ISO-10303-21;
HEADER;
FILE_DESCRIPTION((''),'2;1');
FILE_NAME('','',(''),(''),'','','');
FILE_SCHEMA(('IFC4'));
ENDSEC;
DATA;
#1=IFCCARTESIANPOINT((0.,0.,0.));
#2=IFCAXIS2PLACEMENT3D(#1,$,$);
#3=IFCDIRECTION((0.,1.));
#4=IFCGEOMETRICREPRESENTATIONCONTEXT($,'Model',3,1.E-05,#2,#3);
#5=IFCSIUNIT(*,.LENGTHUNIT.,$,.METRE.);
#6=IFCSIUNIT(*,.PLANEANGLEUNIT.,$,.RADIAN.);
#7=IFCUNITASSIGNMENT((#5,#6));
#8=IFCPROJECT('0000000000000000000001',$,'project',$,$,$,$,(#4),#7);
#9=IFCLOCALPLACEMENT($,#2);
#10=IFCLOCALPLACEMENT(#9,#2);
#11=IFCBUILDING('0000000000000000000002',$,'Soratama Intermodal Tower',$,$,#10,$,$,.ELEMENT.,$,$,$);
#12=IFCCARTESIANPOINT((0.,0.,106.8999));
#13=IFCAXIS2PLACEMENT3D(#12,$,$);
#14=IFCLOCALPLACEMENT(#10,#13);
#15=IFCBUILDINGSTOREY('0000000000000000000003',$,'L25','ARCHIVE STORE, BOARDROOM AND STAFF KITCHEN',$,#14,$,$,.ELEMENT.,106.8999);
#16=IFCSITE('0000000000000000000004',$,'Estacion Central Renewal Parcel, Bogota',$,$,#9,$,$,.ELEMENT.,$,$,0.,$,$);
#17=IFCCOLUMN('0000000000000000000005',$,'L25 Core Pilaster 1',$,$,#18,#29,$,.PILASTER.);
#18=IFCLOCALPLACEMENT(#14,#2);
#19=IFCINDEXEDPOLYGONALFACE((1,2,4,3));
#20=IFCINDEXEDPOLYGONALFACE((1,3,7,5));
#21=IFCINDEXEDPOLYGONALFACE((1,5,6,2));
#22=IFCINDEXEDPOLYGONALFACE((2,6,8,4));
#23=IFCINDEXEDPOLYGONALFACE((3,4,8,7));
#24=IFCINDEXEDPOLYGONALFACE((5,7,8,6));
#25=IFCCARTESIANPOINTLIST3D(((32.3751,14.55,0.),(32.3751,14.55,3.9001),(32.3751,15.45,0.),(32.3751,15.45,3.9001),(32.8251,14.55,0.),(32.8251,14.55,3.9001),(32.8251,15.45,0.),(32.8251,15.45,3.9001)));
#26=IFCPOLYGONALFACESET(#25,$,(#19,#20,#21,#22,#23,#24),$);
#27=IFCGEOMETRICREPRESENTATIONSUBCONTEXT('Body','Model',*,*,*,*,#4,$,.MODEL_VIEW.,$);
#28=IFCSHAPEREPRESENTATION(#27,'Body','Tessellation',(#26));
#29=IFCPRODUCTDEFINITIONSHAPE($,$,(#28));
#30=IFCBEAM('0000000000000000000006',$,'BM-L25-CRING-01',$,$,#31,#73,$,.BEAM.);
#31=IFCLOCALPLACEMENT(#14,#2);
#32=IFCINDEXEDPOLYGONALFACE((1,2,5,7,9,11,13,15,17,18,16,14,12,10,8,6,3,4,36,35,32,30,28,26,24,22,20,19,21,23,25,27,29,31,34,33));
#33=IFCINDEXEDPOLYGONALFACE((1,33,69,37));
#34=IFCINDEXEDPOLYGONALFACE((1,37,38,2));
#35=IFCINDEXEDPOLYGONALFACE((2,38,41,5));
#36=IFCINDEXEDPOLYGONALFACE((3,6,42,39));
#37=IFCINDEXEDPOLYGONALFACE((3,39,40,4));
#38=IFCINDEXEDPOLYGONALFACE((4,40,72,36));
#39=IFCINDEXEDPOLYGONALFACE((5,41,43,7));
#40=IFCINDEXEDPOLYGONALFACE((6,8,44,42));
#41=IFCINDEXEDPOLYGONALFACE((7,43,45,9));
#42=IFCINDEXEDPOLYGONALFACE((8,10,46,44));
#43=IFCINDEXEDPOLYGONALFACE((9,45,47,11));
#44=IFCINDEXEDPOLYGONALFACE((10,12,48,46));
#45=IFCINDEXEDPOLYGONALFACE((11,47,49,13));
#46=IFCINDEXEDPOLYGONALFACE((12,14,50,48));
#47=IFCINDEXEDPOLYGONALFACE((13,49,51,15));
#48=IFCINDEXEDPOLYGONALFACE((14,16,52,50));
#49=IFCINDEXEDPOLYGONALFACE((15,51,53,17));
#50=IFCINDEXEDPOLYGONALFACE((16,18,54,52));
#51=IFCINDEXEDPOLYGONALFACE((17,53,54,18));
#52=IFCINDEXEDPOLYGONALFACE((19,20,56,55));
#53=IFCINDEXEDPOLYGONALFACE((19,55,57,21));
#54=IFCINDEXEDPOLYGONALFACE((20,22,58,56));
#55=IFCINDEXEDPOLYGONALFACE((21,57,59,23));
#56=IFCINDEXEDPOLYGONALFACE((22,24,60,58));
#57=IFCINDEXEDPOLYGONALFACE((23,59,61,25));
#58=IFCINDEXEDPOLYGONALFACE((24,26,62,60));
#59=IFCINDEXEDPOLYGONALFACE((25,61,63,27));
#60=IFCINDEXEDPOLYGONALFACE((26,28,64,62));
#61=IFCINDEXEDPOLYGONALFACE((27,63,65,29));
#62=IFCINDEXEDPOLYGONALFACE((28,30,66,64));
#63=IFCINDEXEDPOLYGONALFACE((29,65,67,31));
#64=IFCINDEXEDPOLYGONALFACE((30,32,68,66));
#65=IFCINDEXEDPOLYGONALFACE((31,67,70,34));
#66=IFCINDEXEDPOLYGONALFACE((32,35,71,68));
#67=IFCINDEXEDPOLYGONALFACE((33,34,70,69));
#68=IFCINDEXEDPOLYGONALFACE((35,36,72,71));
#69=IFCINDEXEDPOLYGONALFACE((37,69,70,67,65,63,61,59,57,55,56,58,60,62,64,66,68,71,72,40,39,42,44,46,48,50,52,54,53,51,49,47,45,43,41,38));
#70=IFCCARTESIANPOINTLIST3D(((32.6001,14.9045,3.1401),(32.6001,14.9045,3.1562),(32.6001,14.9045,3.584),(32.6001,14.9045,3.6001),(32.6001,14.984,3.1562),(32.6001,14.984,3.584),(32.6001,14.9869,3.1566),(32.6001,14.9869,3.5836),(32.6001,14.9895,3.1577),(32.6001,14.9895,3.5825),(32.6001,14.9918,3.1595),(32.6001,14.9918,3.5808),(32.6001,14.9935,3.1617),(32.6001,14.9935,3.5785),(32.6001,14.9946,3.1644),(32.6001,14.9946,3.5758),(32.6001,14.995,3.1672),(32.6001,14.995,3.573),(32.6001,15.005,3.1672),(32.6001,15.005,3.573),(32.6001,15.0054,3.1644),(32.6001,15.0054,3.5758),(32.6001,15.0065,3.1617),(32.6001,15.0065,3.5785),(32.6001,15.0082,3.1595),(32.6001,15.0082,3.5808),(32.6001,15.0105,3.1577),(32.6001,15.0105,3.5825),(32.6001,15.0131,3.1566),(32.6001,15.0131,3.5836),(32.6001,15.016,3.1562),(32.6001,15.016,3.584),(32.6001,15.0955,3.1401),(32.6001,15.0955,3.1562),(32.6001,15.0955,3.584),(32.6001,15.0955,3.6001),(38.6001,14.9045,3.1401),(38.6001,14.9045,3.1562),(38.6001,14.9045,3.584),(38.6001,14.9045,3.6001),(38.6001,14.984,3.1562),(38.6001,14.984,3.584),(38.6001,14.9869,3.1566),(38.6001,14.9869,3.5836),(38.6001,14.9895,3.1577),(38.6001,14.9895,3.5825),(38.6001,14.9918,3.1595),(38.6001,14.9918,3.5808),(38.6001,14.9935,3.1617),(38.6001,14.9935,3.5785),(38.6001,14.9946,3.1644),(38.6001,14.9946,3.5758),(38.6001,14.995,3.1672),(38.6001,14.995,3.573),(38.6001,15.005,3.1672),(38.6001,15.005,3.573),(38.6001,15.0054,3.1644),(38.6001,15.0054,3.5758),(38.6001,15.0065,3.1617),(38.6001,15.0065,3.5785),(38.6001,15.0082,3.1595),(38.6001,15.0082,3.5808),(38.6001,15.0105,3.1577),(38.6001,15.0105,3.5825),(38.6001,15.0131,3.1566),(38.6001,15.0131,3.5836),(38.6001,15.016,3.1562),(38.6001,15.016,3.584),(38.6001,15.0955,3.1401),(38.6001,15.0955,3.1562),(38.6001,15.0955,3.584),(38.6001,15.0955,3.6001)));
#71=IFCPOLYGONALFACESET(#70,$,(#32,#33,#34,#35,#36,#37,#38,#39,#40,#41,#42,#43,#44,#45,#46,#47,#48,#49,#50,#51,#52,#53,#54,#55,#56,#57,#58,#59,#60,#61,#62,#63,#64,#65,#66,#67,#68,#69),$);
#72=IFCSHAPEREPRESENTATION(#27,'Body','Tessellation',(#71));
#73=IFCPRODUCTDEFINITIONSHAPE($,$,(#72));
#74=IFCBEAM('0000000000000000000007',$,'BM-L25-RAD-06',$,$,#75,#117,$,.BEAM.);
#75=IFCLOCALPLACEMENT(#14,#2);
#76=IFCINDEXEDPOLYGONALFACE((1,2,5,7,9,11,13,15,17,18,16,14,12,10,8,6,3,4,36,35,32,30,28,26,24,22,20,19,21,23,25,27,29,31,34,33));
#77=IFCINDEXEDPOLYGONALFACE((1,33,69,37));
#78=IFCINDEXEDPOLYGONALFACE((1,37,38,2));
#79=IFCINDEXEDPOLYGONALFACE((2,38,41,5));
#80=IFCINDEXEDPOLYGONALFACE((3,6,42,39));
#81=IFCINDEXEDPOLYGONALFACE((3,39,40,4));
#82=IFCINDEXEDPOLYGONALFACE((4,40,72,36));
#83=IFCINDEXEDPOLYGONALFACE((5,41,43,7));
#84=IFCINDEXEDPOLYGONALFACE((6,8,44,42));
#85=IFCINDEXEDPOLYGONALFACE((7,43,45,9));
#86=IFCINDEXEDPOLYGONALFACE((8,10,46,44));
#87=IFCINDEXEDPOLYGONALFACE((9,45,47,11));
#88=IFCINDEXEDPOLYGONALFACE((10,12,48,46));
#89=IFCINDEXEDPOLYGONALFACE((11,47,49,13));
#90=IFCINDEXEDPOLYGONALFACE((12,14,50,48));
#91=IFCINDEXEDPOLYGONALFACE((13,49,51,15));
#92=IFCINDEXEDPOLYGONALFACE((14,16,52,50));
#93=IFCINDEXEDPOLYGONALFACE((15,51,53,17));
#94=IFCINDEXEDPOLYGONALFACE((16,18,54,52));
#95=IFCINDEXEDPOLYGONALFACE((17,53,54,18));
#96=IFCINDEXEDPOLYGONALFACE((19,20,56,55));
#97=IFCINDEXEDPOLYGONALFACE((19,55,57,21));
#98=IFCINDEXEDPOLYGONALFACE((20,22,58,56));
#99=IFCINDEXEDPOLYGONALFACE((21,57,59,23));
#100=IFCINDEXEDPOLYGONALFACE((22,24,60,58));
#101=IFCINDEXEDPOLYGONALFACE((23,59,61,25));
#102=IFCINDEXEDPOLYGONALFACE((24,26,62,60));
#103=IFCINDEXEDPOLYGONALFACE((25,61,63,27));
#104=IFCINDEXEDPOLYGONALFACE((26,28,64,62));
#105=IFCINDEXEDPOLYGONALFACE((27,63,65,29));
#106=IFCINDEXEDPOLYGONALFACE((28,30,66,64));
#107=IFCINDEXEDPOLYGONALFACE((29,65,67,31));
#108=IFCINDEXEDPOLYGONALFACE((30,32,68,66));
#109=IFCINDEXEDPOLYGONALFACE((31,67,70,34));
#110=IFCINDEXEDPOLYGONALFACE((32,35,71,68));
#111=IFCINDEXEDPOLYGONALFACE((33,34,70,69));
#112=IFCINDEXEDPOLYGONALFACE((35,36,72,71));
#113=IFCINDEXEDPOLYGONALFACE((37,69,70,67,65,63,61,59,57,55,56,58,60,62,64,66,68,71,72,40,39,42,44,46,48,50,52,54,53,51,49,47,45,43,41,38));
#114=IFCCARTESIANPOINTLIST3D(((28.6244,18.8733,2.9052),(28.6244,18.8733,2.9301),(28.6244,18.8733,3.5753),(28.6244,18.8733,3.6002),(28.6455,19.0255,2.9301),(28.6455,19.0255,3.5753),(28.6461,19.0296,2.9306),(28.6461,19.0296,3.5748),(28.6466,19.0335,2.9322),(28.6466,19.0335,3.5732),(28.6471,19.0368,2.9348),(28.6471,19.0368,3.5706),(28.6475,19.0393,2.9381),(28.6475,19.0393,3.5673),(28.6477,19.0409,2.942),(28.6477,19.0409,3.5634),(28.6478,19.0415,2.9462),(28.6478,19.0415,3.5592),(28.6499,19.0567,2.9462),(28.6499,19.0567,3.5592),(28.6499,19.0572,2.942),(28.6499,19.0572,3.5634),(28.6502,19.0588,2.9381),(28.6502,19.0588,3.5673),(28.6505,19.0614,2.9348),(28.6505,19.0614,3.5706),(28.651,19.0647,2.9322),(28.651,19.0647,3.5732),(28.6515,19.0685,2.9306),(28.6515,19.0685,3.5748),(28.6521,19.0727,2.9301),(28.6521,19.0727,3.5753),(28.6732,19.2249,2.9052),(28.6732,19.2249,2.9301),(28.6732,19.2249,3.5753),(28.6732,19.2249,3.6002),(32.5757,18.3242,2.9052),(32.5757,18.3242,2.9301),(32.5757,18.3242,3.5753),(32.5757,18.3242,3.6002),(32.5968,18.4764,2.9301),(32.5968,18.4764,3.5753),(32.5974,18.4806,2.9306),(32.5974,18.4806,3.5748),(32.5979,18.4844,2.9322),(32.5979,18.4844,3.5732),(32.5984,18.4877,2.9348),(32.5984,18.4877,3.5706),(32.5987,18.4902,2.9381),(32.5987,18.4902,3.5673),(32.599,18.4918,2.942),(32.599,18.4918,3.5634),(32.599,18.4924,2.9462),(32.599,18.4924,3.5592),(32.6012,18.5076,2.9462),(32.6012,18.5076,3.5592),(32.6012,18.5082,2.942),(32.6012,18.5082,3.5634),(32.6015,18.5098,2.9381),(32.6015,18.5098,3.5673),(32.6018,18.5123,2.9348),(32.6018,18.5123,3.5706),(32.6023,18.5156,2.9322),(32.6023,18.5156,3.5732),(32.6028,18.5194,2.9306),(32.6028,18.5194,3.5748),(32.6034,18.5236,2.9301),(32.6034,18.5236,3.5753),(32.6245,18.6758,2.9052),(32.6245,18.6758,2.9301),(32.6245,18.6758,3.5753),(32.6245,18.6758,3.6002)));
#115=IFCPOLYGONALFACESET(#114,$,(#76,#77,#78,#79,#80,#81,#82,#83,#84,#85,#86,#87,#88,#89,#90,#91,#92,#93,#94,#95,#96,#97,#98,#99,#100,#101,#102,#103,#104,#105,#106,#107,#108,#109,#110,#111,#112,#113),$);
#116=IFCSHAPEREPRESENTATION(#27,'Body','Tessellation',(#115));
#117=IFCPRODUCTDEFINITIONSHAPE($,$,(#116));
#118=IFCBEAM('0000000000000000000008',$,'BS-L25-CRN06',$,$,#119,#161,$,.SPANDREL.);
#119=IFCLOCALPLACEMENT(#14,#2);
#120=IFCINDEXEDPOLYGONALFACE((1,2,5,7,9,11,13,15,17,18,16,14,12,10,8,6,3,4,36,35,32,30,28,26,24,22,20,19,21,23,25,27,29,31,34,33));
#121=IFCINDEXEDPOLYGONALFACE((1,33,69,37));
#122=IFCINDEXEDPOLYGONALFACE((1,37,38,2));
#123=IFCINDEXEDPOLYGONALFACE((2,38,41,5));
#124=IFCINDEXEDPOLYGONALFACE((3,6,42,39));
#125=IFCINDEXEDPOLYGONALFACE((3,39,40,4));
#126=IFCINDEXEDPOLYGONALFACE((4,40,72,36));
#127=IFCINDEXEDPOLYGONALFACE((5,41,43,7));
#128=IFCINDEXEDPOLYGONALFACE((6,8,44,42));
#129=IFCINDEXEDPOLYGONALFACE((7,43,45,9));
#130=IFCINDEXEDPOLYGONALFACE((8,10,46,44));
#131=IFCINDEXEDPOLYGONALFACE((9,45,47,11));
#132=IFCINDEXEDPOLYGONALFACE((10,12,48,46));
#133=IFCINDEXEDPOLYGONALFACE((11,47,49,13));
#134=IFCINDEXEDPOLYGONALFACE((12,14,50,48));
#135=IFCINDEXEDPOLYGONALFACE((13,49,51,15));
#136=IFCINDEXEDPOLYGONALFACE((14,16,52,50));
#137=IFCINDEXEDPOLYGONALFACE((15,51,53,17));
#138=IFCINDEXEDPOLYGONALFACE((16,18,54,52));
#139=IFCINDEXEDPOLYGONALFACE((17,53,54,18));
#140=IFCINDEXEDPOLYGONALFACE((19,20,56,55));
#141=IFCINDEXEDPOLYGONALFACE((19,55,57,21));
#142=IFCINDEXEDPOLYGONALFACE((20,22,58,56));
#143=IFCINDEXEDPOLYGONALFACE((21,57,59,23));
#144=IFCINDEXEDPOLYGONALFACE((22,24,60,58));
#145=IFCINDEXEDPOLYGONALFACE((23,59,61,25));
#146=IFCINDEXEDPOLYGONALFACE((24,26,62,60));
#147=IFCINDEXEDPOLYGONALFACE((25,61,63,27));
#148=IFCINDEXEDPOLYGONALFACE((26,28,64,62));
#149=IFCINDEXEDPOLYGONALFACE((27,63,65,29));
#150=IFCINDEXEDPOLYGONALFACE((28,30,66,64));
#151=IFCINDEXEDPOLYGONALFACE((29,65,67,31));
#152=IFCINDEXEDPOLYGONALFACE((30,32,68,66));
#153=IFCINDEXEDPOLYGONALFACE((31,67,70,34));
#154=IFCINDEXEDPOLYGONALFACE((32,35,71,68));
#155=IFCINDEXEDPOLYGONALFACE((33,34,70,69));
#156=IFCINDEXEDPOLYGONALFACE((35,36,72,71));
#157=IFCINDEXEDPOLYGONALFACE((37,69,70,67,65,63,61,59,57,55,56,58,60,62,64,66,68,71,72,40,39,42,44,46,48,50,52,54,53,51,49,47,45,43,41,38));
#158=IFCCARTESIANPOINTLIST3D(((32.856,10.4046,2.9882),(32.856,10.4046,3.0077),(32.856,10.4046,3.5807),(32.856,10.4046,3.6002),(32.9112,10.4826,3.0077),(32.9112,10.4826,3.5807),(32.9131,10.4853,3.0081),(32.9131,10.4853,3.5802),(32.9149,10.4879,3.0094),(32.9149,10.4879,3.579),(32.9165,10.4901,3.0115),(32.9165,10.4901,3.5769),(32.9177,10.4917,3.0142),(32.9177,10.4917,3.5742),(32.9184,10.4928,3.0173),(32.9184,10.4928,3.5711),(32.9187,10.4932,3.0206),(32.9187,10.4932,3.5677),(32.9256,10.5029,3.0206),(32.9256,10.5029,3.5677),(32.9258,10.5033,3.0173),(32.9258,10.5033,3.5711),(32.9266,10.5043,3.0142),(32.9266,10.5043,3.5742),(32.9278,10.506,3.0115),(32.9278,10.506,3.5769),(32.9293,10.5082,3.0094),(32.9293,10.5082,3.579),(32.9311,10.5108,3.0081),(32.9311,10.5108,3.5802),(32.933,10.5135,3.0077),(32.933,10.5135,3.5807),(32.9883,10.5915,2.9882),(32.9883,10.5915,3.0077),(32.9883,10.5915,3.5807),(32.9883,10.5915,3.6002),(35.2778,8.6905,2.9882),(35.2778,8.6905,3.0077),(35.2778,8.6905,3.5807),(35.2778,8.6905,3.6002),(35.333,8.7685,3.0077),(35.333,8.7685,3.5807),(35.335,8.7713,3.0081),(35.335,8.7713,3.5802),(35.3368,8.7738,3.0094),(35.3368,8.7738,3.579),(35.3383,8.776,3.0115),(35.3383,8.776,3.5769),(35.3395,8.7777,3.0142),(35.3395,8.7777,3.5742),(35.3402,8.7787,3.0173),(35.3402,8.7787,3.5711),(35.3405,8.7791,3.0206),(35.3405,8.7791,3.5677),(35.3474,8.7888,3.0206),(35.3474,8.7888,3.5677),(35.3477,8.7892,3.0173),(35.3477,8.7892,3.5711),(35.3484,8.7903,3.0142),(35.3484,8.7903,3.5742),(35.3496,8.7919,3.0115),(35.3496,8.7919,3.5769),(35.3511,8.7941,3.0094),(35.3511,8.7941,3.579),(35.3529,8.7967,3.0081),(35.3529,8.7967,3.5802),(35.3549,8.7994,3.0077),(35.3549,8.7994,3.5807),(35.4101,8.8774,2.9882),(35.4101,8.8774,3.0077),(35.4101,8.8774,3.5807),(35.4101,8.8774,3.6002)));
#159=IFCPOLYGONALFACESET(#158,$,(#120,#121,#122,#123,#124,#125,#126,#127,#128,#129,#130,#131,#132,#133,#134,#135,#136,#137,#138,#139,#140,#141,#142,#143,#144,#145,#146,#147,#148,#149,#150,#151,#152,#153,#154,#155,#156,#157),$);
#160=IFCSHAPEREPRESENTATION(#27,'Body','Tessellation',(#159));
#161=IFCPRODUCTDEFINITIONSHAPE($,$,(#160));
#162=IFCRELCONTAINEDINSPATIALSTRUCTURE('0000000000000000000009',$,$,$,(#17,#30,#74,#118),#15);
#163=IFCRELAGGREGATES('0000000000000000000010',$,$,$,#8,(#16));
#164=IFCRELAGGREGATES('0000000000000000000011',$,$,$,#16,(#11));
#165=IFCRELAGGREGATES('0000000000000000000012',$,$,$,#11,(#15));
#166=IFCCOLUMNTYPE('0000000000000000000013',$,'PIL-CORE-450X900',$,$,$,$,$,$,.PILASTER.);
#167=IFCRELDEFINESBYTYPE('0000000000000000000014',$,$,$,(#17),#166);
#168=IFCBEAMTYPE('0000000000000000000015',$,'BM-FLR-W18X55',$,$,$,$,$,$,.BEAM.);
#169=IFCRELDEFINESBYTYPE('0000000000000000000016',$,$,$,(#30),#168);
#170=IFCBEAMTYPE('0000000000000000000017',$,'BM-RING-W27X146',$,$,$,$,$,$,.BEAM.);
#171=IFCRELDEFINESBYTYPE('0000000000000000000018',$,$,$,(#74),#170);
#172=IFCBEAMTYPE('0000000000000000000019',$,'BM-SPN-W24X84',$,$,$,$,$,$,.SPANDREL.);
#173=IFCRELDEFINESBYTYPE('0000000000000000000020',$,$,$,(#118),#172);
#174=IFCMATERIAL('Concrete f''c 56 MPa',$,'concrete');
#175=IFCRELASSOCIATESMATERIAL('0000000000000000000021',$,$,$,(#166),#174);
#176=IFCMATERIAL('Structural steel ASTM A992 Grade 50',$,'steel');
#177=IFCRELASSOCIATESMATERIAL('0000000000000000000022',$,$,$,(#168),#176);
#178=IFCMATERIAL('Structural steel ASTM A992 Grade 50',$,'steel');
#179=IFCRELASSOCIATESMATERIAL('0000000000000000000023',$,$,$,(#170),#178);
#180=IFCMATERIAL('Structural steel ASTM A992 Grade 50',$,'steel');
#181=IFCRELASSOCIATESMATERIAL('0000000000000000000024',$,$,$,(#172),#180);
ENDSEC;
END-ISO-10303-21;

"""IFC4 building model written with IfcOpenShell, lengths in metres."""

from ifc_helpers import new_model, si_unit, direction, frame, origin, origin_2d, place, context, subcontext, project, spatial, rectangle, i_section, extrude, material, material_profile, profile_set, type_object, element, save


model = new_model("IFC4")

# Units and contexts
model_context = context("Model", 3, precision=1e-05, world=origin(), true_north=direction((0.0, 1.0)))
body_context = subcontext(model_context, "Body", "Model", "MODEL_VIEW")
ifc_project = project(units=[si_unit("LENGTHUNIT", "METRE"), si_unit("PLANEANGLEUNIT", "RADIAN")], contexts=[model_context])

# Site, building, storey
site_placement = place(None, origin())
site = spatial("IfcSite", under=ifc_project, at=site_placement, Name="Estacion Central Renewal Parcel, Bogota", CompositionType="ELEMENT", RefElevation=0.0)
building_placement = place(site_placement, origin())
building = spatial("IfcBuilding", under=site, at=building_placement, Name="Soratama Intermodal Tower", CompositionType="ELEMENT")
storey_placement = place(building_placement, frame((0.0, 0.0, 106.8999)))
storey = spatial("IfcBuildingStorey", under=building, at=storey_placement, Name="L25", Description="ARCHIVE STORE, BOARDROOM AND STAFF KITCHEN", CompositionType="ELEMENT", Elevation=106.8999)

# Column
ifc_material_1 = material(Name="Concrete f'c 56 MPa", Category="concrete")
ifc_material_profile_1 = material_profile(ifc_material_1, rectangle(XDim=0.45, YDim=0.8999, at=origin_2d()), Name="RC450X900")
ifc_profile_set_1 = profile_set([ifc_material_profile_1], Name="Concrete f'c 56 MPa")
column_type = type_object("IfcColumnType", Name="PIL-CORE-450X900", PredefinedType="PILASTER", material=ifc_profile_set_1)
column_placement = place(storey_placement, frame((32.6001, 15.0, 0.0), z_axis=(0.0, 0.0, 1.0), x_axis=(1.0, 0.0, 0.0)))
element("IfcColumn", 1, at=column_placement, inside=storey, type_object=column_type, Name="L25 Core Pilaster 1", PredefinedType="PILASTER", context=body_context, shape_type="SweptSolid", body=[
    extrude(rectangle(XDim=0.45, YDim=0.8999, at=origin_2d()), origin(), (0.0, 0.0, 1.0), 3.9001),
])

# Beams
ifc_material_2 = material(Name="Structural steel ASTM A992 Grade 50", Category="steel")
ifc_material_profile_2 = material_profile(ifc_material_2, i_section(OverallWidth=0.1909, OverallDepth=0.46, WebThickness=0.01, FlangeThickness=0.0161, FilletRadius=0.011, at=origin_2d()), Name="W18X55")
ifc_profile_set_2 = profile_set([ifc_material_profile_2], Name="Structural steel ASTM A992 Grade 50")
beam_type_1 = type_object("IfcBeamType", Name="BM-FLR-W18X55", PredefinedType="BEAM", material=ifc_profile_set_2)
beam_1_placement = place(storey_placement, frame((32.6001, 15.0, 3.3701), z_axis=(1.0, 0.0, 0.0), x_axis=(0.0, 1.0, 0.0)))
element("IfcBeam", 2, at=beam_1_placement, inside=storey, type_object=beam_type_1, Name="BM-L25-CRING-01", PredefinedType="BEAM", context=body_context, shape_type="SweptSolid", body=[
    extrude(i_section(OverallWidth=0.1909, OverallDepth=0.46, WebThickness=0.01, FlangeThickness=0.0161, FilletRadius=0.011, at=origin_2d()), origin(), (0.0, 0.0, 1.0), 6.0),
])
ifc_material_3 = material(Name="Structural steel ASTM A992 Grade 50", Category="steel")
ifc_material_profile_3 = material_profile(ifc_material_3, i_section(OverallWidth=0.355, OverallDepth=0.6951, WebThickness=0.0154, FlangeThickness=0.0249, FilletRadius=0.0161, at=origin_2d()), Name="W27X146")
ifc_profile_set_3 = profile_set([ifc_material_profile_3], Name="Structural steel ASTM A992 Grade 50")
beam_type_2 = type_object("IfcBeamType", Name="BM-RING-W27X146", PredefinedType="BEAM", material=ifc_profile_set_3)
beam_2_placement = place(storey_placement, frame((32.6001, 18.5, 3.2527), z_axis=(-0.990482, 0.137642, 0.0), x_axis=(-0.137642, -0.990482, 0.0)))
element("IfcBeam", 3, at=beam_2_placement, inside=storey, type_object=beam_type_2, Name="BM-L25-RAD-06", PredefinedType="BEAM", context=body_context, shape_type="SweptSolid", body=[
    extrude(i_section(OverallWidth=0.355, OverallDepth=0.6951, WebThickness=0.0154, FlangeThickness=0.0249, FilletRadius=0.0161, at=origin_2d()), origin(), (0.0, 0.0, 1.0), 3.9893),
])
ifc_material_4 = material(Name="Structural steel ASTM A992 Grade 50", Category="steel")
ifc_material_profile_4 = material_profile(ifc_material_4, i_section(OverallWidth=0.229, OverallDepth=0.6121, WebThickness=0.012, FlangeThickness=0.0195, FilletRadius=0.0129, at=origin_2d()), Name="W24X84")
ifc_profile_set_4 = profile_set([ifc_material_profile_4], Name="Structural steel ASTM A992 Grade 50")
beam_type_3 = type_object("IfcBeamType", Name="BM-SPN-W24X84", PredefinedType="SPANDREL", material=ifc_profile_set_4)
beam_3_placement = place(storey_placement, frame((32.9221, 10.498, 3.2942), z_axis=(0.816244, -0.577707, 0.0), x_axis=(0.577707, 0.816244, 0.0)))
element("IfcBeam", 4, at=beam_3_placement, inside=storey, type_object=beam_type_3, Name="BS-L25-CRN06", PredefinedType="SPANDREL", context=body_context, shape_type="SweptSolid", body=[
    extrude(i_section(OverallWidth=0.229, OverallDepth=0.6121, WebThickness=0.012, FlangeThickness=0.0195, FilletRadius=0.0129, at=origin_2d()), origin(), (0.0, 0.0, 1.0), 2.967),
])

save(model, "model.ifc")
